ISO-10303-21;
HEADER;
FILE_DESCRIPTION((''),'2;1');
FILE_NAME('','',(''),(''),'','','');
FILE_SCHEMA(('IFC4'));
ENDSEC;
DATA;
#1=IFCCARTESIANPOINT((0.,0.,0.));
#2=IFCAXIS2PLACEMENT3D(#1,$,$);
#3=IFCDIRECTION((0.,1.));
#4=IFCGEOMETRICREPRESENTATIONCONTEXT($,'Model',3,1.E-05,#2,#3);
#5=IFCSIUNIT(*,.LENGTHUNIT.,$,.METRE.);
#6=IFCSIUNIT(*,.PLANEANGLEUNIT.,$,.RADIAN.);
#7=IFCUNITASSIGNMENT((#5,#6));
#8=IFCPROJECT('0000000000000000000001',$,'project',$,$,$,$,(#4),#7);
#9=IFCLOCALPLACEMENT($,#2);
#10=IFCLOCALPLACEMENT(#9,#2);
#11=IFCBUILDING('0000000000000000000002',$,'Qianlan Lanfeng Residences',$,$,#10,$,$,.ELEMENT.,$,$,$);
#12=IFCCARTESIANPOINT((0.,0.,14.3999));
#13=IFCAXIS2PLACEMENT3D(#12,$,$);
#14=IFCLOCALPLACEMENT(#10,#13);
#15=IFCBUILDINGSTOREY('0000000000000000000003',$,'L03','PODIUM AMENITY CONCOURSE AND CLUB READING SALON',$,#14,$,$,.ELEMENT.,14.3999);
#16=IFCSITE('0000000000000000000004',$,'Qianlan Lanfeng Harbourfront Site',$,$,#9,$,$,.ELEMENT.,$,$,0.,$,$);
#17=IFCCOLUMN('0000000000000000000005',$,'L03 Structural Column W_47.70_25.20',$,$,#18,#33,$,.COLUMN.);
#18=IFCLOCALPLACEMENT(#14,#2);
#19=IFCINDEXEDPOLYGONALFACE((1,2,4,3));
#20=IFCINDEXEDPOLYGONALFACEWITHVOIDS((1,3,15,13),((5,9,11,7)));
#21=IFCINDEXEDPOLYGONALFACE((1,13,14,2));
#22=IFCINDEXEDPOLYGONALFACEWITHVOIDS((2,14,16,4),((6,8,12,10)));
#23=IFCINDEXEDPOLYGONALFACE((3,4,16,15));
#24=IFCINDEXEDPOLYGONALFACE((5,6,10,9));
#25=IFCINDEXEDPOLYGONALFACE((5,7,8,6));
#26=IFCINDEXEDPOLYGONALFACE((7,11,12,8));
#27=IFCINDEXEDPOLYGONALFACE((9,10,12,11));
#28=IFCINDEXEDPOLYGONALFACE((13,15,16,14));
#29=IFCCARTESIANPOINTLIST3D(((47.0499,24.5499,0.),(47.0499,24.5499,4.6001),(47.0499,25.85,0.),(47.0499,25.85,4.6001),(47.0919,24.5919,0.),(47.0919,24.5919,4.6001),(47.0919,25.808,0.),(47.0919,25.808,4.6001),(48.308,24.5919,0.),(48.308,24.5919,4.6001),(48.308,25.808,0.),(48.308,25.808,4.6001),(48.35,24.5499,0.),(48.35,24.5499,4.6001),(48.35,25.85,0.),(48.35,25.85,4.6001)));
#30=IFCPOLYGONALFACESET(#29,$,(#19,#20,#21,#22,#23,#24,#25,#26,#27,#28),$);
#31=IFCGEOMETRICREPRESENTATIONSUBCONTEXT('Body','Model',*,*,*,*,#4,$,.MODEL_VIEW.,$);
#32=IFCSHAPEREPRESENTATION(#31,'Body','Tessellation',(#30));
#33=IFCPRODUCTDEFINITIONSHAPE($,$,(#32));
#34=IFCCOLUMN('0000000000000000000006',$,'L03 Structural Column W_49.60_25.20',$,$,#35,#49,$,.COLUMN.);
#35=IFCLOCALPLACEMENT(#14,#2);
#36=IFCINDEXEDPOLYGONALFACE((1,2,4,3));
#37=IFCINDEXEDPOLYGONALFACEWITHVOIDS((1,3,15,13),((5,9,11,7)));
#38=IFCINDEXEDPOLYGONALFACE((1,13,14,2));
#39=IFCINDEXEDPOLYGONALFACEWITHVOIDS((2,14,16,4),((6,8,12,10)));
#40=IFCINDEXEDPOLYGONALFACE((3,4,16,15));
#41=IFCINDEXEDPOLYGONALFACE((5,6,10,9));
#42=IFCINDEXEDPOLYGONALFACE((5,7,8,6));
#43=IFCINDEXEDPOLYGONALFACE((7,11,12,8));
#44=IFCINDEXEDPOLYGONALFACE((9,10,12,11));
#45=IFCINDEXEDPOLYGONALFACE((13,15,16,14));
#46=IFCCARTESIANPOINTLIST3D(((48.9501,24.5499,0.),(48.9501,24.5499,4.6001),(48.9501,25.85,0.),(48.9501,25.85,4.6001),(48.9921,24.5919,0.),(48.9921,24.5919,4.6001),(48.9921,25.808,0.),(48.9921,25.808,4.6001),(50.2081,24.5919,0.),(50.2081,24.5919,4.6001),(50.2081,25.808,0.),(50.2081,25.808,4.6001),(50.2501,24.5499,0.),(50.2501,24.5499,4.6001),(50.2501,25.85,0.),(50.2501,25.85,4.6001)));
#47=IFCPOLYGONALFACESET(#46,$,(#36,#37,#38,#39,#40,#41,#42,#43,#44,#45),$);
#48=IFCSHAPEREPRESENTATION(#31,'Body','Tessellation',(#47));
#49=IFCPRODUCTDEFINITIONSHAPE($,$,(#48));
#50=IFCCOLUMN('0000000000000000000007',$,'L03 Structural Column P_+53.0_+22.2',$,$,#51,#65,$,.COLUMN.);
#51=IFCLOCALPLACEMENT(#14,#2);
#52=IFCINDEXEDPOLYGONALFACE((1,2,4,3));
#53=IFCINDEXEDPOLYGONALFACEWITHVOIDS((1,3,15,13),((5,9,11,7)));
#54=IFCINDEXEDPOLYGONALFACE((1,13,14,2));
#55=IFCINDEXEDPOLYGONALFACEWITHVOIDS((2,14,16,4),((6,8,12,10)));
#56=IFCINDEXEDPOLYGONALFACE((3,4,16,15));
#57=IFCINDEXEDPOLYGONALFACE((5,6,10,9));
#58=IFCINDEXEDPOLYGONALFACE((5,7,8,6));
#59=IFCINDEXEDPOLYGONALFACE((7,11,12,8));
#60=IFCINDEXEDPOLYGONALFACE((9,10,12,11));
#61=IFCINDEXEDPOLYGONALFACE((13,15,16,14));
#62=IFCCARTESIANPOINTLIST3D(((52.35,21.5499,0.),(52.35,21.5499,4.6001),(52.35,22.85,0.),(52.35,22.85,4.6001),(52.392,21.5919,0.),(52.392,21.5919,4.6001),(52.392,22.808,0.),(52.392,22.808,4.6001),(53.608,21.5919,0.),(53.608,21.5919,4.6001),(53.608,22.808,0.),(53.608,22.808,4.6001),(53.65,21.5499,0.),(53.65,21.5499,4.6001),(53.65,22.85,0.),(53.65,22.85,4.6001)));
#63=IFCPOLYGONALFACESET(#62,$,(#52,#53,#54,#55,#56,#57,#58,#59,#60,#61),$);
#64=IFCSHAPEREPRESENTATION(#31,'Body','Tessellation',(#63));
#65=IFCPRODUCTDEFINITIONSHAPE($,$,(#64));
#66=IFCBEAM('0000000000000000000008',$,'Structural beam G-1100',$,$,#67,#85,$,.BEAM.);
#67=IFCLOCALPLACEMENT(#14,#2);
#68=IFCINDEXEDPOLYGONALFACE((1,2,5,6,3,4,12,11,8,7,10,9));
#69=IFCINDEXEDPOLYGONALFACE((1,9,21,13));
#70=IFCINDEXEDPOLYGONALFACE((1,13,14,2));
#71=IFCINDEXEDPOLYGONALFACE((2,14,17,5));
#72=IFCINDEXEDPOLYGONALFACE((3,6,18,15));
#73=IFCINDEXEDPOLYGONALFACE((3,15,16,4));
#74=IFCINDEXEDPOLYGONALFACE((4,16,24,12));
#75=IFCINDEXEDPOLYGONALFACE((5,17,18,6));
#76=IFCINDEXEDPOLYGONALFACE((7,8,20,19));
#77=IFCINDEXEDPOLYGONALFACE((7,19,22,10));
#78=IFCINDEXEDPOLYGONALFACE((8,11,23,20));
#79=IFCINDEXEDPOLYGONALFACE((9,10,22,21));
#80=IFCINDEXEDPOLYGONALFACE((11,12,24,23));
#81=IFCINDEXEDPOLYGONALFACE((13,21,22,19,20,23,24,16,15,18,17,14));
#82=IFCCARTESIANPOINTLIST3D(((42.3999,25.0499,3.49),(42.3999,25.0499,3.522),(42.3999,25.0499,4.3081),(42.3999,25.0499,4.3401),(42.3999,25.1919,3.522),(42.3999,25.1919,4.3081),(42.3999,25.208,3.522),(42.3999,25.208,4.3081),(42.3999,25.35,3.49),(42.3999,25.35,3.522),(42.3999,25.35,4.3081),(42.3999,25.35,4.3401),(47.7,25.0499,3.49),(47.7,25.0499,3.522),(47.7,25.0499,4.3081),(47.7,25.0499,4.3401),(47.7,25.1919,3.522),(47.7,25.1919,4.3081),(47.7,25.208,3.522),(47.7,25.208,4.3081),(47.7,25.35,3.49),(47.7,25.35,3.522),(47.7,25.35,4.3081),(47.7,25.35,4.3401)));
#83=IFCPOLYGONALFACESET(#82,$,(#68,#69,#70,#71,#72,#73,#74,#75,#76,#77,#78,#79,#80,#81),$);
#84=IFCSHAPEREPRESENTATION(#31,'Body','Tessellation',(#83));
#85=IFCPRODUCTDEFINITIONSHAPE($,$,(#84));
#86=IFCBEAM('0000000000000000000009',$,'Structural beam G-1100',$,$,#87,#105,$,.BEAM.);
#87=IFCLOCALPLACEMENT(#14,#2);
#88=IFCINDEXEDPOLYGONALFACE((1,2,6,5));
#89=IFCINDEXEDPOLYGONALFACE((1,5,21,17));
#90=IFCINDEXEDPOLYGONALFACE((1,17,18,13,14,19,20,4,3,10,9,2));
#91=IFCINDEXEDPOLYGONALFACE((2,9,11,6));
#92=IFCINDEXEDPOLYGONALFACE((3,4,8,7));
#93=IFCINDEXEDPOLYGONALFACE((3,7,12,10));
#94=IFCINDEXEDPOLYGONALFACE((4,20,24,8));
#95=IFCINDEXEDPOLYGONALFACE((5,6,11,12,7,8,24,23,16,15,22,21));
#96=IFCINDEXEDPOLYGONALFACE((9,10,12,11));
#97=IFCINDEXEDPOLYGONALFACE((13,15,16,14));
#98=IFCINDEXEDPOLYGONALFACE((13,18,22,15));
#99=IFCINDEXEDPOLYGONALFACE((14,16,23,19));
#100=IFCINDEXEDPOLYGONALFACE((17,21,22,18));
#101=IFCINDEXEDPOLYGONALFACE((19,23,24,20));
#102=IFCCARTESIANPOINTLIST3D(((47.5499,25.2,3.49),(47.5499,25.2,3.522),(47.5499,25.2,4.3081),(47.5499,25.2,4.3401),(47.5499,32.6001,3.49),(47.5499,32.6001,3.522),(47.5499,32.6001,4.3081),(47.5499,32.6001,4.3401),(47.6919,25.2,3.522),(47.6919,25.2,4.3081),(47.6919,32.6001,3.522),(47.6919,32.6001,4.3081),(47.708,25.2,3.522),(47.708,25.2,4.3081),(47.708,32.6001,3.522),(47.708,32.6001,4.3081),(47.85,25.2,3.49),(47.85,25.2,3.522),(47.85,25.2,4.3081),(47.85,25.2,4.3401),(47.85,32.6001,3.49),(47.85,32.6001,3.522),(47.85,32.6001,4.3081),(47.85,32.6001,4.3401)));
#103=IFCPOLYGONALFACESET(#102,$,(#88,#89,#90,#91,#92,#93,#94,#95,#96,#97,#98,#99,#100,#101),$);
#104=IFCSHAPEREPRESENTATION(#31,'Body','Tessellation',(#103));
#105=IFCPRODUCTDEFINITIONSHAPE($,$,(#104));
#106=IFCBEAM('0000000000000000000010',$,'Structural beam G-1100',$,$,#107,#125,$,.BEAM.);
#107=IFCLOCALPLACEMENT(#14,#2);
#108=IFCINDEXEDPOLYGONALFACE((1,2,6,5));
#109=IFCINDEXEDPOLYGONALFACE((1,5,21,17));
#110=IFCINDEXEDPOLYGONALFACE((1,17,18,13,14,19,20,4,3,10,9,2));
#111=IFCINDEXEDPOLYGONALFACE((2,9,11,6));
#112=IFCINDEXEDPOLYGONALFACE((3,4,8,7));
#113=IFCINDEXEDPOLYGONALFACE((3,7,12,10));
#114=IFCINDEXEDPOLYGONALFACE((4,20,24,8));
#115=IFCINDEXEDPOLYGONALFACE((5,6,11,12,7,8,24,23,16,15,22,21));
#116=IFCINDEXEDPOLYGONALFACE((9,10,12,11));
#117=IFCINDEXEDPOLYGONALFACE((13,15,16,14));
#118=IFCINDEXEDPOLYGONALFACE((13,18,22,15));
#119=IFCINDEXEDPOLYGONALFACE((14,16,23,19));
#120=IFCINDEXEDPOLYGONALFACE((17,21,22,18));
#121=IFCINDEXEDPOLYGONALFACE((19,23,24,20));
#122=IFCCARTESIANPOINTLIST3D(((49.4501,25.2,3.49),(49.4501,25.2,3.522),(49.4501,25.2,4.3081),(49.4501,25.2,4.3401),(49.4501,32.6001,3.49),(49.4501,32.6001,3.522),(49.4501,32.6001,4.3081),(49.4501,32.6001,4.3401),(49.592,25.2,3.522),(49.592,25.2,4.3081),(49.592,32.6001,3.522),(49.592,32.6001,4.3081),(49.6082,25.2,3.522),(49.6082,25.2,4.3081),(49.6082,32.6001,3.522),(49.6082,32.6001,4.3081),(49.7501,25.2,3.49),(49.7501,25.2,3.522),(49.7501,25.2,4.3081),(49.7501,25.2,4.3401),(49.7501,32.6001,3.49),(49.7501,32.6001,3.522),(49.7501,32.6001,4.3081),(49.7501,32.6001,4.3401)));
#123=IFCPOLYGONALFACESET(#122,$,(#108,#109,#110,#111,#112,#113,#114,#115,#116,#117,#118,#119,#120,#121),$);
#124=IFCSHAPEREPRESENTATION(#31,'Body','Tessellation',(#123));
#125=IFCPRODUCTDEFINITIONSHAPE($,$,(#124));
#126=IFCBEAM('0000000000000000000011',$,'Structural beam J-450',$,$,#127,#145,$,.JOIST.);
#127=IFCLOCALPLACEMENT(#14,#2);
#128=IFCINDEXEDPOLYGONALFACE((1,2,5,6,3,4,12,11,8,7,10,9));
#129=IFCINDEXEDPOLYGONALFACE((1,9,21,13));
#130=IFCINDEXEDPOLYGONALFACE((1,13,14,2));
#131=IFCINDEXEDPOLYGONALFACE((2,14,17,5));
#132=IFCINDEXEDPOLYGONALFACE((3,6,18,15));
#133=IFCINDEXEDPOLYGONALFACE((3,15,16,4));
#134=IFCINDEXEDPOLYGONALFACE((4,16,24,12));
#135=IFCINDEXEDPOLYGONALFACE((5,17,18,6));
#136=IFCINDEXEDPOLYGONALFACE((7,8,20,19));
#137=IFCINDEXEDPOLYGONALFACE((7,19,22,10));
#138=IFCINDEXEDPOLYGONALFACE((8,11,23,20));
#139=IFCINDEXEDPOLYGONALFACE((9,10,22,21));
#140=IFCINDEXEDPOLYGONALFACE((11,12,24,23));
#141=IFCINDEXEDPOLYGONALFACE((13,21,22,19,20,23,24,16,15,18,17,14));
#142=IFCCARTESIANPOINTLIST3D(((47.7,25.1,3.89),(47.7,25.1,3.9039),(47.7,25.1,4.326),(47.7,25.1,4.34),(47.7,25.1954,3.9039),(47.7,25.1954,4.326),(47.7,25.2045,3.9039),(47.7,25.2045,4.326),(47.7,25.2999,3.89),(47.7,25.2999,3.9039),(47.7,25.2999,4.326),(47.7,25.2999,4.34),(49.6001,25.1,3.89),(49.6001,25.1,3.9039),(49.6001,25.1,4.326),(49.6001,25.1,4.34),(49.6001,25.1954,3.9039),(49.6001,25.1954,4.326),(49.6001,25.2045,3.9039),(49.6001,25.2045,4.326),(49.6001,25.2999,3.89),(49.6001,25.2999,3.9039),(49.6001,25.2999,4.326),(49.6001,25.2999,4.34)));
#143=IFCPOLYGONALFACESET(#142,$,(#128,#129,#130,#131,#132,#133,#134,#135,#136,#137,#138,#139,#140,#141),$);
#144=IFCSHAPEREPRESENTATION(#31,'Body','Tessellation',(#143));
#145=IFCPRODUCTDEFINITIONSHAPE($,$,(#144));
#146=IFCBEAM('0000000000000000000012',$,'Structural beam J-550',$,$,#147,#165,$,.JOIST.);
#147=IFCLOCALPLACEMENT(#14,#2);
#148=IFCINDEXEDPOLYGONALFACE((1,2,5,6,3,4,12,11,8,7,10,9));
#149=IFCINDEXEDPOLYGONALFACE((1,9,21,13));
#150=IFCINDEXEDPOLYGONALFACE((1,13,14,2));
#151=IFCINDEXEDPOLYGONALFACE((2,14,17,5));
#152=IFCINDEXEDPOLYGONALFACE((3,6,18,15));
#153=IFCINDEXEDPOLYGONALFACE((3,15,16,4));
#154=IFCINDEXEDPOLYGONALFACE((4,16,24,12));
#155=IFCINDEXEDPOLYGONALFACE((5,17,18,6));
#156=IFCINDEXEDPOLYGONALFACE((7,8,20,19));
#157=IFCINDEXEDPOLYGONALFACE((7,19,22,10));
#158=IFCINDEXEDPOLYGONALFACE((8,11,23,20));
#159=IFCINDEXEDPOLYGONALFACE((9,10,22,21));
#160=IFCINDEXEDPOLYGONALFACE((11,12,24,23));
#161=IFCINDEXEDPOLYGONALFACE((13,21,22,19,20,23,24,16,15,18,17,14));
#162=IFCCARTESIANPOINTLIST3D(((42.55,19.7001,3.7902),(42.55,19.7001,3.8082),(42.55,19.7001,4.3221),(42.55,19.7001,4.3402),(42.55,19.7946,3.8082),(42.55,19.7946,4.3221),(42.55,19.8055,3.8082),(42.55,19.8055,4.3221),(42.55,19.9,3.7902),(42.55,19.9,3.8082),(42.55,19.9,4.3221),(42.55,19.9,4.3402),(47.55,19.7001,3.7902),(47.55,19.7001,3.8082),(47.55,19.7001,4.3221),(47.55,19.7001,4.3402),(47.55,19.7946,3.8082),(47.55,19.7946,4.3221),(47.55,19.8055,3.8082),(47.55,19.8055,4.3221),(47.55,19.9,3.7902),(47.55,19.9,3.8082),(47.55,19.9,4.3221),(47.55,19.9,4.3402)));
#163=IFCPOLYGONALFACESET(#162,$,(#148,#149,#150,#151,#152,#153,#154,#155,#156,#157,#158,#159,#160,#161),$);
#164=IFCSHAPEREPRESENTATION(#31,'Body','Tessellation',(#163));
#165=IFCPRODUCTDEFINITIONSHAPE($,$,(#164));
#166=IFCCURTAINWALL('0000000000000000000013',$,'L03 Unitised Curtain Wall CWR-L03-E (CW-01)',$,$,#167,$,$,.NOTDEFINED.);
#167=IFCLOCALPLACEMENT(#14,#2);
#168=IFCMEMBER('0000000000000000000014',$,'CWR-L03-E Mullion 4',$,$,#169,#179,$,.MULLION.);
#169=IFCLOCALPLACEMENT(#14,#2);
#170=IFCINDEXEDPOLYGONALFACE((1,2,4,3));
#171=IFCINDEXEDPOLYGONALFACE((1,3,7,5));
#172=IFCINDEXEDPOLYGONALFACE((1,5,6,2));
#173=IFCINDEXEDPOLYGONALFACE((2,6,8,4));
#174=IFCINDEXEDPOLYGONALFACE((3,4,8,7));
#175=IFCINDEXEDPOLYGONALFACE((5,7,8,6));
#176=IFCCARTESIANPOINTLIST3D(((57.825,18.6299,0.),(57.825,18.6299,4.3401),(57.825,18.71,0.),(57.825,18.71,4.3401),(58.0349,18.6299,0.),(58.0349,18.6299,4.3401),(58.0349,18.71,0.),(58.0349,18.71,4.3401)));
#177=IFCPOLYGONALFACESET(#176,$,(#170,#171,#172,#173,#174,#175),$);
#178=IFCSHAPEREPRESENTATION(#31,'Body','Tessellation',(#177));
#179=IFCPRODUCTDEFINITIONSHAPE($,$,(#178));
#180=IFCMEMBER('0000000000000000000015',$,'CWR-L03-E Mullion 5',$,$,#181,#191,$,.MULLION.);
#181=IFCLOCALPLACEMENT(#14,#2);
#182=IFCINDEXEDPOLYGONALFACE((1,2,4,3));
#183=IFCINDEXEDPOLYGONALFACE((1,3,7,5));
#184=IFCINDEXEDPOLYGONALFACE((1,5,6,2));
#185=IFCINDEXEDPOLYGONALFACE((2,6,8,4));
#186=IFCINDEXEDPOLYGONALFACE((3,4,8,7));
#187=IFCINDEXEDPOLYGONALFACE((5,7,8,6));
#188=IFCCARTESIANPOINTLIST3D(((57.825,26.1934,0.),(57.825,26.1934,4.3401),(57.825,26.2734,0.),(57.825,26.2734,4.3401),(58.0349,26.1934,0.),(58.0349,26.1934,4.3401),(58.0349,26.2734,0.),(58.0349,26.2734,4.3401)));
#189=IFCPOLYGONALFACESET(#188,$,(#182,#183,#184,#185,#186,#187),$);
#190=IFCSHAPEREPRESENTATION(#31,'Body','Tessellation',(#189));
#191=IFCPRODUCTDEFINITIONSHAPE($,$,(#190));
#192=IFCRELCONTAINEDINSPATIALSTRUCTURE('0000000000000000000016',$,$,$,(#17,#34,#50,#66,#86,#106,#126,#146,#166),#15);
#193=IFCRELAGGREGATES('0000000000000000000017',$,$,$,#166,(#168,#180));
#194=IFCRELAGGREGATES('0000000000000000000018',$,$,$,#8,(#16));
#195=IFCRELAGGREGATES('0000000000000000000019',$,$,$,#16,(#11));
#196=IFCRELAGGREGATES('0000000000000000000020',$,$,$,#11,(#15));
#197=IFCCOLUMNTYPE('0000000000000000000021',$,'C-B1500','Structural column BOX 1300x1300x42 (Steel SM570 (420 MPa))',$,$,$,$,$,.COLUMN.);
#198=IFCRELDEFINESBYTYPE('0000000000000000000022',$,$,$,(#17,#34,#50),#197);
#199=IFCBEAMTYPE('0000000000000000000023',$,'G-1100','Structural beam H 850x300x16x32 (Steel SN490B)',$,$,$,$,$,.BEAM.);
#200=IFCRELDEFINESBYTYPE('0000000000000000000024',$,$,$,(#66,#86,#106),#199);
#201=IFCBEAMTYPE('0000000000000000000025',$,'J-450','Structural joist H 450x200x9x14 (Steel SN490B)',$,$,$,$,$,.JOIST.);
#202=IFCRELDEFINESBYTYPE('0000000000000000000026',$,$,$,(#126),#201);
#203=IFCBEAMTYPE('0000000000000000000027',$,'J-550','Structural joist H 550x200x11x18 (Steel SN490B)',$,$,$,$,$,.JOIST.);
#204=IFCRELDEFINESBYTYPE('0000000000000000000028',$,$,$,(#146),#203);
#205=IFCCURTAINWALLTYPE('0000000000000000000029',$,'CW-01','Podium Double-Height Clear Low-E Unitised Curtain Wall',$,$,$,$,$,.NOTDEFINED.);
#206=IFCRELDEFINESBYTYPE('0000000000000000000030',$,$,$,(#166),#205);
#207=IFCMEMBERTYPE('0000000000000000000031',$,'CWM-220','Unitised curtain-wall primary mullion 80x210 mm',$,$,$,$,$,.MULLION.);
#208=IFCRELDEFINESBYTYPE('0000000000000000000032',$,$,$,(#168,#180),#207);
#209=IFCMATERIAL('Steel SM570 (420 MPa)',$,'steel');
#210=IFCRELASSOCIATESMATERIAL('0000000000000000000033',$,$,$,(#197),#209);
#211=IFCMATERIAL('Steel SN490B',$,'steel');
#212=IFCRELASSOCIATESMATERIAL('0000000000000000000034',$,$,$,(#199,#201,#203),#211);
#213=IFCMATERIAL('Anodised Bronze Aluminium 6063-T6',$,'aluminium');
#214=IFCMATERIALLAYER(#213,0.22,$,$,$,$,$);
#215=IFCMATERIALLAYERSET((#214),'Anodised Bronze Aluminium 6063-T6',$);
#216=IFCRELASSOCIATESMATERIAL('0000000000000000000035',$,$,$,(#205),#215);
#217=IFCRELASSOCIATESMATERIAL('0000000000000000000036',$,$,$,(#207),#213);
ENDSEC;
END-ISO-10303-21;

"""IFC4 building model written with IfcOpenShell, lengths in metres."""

from ifc_helpers import new_model, si_unit, direction, frame, origin, origin_2d, place, context, subcontext, project, spatial, rectangle, hollow_rectangle, i_section, extrude, source, transform, mapped, material, layer, layer_set, material_profile, profile_set, type_object, element, aggregate, save


model = new_model("IFC4")

# Units and contexts
model_context = context("Model", 3, precision=1e-05, world=origin(), true_north=direction((0.0, 1.0)))
body_context = subcontext(model_context, "Body", "Model", "MODEL_VIEW")
ifc_project = project(units=[si_unit("LENGTHUNIT", "METRE"), si_unit("PLANEANGLEUNIT", "RADIAN")], contexts=[model_context])

# Site, building, storey
site_placement = place(None, origin())
site = spatial("IfcSite", under=ifc_project, at=site_placement, Name="Qianlan Lanfeng Harbourfront Site", CompositionType="ELEMENT", RefElevation=0.0)
building_placement = place(site_placement, origin())
building = spatial("IfcBuilding", under=site, at=building_placement, Name="Qianlan Lanfeng Residences", CompositionType="ELEMENT")
storey_placement = place(building_placement, frame((0.0, 0.0, 14.3999)))
storey = spatial("IfcBuildingStorey", under=building, at=storey_placement, Name="L03", Description="PODIUM AMENITY CONCOURSE AND CLUB READING SALON", CompositionType="ELEMENT", Elevation=14.3999)

# Columns
ifc_material_1 = material(Name="Steel SM570 (420 MPa)", Category="steel")
ifc_material_profile_1 = material_profile(ifc_material_1, hollow_rectangle(XDim=1.3, YDim=1.3, WallThickness=0.042, at=origin_2d()), Name="BOX 1300x1300x42")
ifc_profile_set_1 = profile_set([ifc_material_profile_1], Name="Steel SM570 (420 MPa)")
column_type = type_object("IfcColumnType", Name="C-B1500", Description="Structural column BOX 1300x1300x42 (Steel SM570 (420 MPa))", PredefinedType="COLUMN", material=ifc_profile_set_1)
for number, where, z_axis, x_axis, name in (
    (1, (47.7, 25.2, 0.0), (0.0, 0.0, 1.0), (1.0, 0.0, 0.0), "L03 Structural Column W_47.70_25.20"),
    (2, (49.6001, 25.2, 0.0), (0.0, 0.0, 1.0), (1.0, 0.0, 0.0), "L03 Structural Column W_49.60_25.20"),
    (3, (53.0, 22.2, 0.0), (0.0, 0.0, 1.0), (1.0, 0.0, 0.0), "L03 Structural Column P_+53.0_+22.2"),
):
    element("IfcColumn", number, at=place(storey_placement, frame(where, z_axis=z_axis, x_axis=x_axis)), inside=storey, type_object=column_type, Name=name, PredefinedType="COLUMN", context=body_context, shape_type="SweptSolid", body=[
        extrude(hollow_rectangle(XDim=1.3, YDim=1.3, WallThickness=0.042, at=origin_2d()), origin(), (0.0, 0.0, 1.0), 4.6001),
    ])

# Beams
ifc_material_2 = material(Name="Steel SN490B", Category="steel")
ifc_material_profile_2 = material_profile(ifc_material_2, i_section(OverallWidth=0.3, OverallDepth=0.8501, WebThickness=0.0161, FlangeThickness=0.032, at=origin_2d()), Name="H 850x300x16x32")
ifc_profile_set_2 = profile_set([ifc_material_profile_2], Name="Steel SN490B")
beam_type_1 = type_object("IfcBeamType", Name="G-1100", Description="Structural beam H 850x300x16x32 (Steel SN490B)", PredefinedType="BEAM", material=ifc_profile_set_2)
beam_1_placement = place(storey_placement, frame((42.3999, 25.2, 3.915), z_axis=(1.0, 0.0, 0.0), x_axis=(0.0, 1.0, 0.0)))
element("IfcBeam", 4, at=beam_1_placement, inside=storey, type_object=beam_type_1, Name="Structural beam G-1100", PredefinedType="BEAM", context=body_context, shape_type="SweptSolid", body=[
    extrude(i_section(OverallWidth=0.3, OverallDepth=0.8501, WebThickness=0.0161, FlangeThickness=0.032, at=origin_2d()), origin(), (0.0, 0.0, 1.0), 5.3),
])
for number, where, z_axis, x_axis, name in (
    (5, (47.7, 25.2, 3.915), (0.0, 1.0, 0.0), (-1.0, 0.0, 0.0), "Structural beam G-1100"),
    (6, (49.6001, 25.2, 3.915), (0.0, 1.0, 0.0), (-1.0, 0.0, 0.0), "Structural beam G-1100"),
):
    element("IfcBeam", number, at=place(storey_placement, frame(where, z_axis=z_axis, x_axis=x_axis)), inside=storey, type_object=beam_type_1, Name=name, PredefinedType="BEAM", context=body_context, shape_type="SweptSolid", body=[
        extrude(i_section(OverallWidth=0.3, OverallDepth=0.8501, WebThickness=0.0161, FlangeThickness=0.032, at=origin_2d()), origin(), (0.0, 0.0, 1.0), 7.4001),
    ])
ifc_material_profile_3 = material_profile(ifc_material_2, i_section(OverallWidth=0.2, OverallDepth=0.45, WebThickness=0.009, FlangeThickness=0.0139, at=origin_2d()), Name="H 450x200x9x14")
ifc_profile_set_3 = profile_set([ifc_material_profile_3], Name="Steel SN490B")
beam_type_2 = type_object("IfcBeamType", Name="J-450", Description="Structural joist H 450x200x9x14 (Steel SN490B)", PredefinedType="JOIST", material=ifc_profile_set_3)
beam_2_placement = place(storey_placement, frame((47.7, 25.2, 4.115), z_axis=(1.0, 0.0, 0.0), x_axis=(0.0, 1.0, 0.0)))
element("IfcBeam", 7, at=beam_2_placement, inside=storey, type_object=beam_type_2, Name="Structural beam J-450", PredefinedType="JOIST", context=body_context, shape_type="SweptSolid", body=[
    extrude(i_section(OverallWidth=0.2, OverallDepth=0.45, WebThickness=0.009, FlangeThickness=0.0139, at=origin_2d()), origin(), (0.0, 0.0, 1.0), 1.9001),
])
ifc_material_profile_4 = material_profile(ifc_material_2, i_section(OverallWidth=0.2, OverallDepth=0.55, WebThickness=0.011, FlangeThickness=0.0181, at=origin_2d()), Name="H 550x200x11x18")
ifc_profile_set_4 = profile_set([ifc_material_profile_4], Name="Steel SN490B")
beam_type_3 = type_object("IfcBeamType", Name="J-550", Description="Structural joist H 550x200x11x18 (Steel SN490B)", PredefinedType="JOIST", material=ifc_profile_set_4)
beam_3_placement = place(storey_placement, frame((42.55, 19.8, 4.0652), z_axis=(1.0, 0.0, 0.0), x_axis=(0.0, 1.0, 0.0)))
element("IfcBeam", 8, at=beam_3_placement, inside=storey, type_object=beam_type_3, Name="Structural beam J-550", PredefinedType="JOIST", context=body_context, shape_type="SweptSolid", body=[
    extrude(i_section(OverallWidth=0.2, OverallDepth=0.55, WebThickness=0.011, FlangeThickness=0.0181, at=origin_2d()), origin(), (0.0, 0.0, 1.0), 5.0),
])

# Curtain wall, members
ifc_material_3 = material(Name="Anodised Bronze Aluminium 6063-T6", Category="aluminium")
ifc_layer_1 = layer(ifc_material_3, 0.22)
ifc_layer_set_1 = layer_set([ifc_layer_1], Name="Anodised Bronze Aluminium 6063-T6")
curtain_wall_type = type_object("IfcCurtainWallType", Name="CW-01", Description="Podium Double-Height Clear Low-E Unitised Curtain Wall", PredefinedType="NOTDEFINED", material=ifc_layer_set_1)
curtain_wall_placement = place(storey_placement, origin())
curtain_wall = element("IfcCurtainWall", 9, at=curtain_wall_placement, inside=storey, type_object=curtain_wall_type, Name="L03 Unitised Curtain Wall CWR-L03-E (CW-01)", PredefinedType="NOTDEFINED")
ifc_material_profile_5 = material_profile(ifc_material_3, rectangle(XDim=0.0801, YDim=0.21, at=origin_2d()), Name="ALU MULLION 80x210")
ifc_profile_set_5 = profile_set([ifc_material_profile_5], Name="Anodised Bronze Aluminium 6063-T6")
member_type_1 = type_object("IfcMemberType", Name="CWM-220", Description="Unitised curtain-wall primary mullion 80x210 mm", PredefinedType="MULLION", material=ifc_profile_set_5)
shared_shape_1 = source(origin(), body_context, "Body", "SweptSolid", [
    extrude(rectangle(XDim=0.0801, YDim=0.21, at=origin_2d()), origin(), (0.0, 0.0, 1.0), 4.3401),
])
member_1_placement = place(storey_placement, frame((57.9299, 18.6699, 0.0), z_axis=(0.0, 0.0, 1.0), x_axis=(0.0, 1.0, 0.0)))
member_1 = element("IfcMember", 10, at=member_1_placement, type_object=member_type_1, Name="CWR-L03-E Mullion 4", PredefinedType="MULLION", context=body_context, shape_type="MappedRepresentation", body=[
    mapped(shared_shape_1, transform((0.0, 0.0, 0.0), scale=1.0)),
])
member_2_placement = place(storey_placement, frame((57.9299, 26.2334, 0.0), z_axis=(0.0, 0.0, 1.0), x_axis=(0.0, 1.0, 0.0)))
member_2 = element("IfcMember", 11, at=member_2_placement, type_object=member_type_1, Name="CWR-L03-E Mullion 5", PredefinedType="MULLION", context=body_context, shape_type="MappedRepresentation", body=[
    mapped(shared_shape_1, transform((0.0, 0.0, 0.0), scale=1.0)),
])
aggregate(curtain_wall, [member_1, member_2])

save(model, "model.ifc")
